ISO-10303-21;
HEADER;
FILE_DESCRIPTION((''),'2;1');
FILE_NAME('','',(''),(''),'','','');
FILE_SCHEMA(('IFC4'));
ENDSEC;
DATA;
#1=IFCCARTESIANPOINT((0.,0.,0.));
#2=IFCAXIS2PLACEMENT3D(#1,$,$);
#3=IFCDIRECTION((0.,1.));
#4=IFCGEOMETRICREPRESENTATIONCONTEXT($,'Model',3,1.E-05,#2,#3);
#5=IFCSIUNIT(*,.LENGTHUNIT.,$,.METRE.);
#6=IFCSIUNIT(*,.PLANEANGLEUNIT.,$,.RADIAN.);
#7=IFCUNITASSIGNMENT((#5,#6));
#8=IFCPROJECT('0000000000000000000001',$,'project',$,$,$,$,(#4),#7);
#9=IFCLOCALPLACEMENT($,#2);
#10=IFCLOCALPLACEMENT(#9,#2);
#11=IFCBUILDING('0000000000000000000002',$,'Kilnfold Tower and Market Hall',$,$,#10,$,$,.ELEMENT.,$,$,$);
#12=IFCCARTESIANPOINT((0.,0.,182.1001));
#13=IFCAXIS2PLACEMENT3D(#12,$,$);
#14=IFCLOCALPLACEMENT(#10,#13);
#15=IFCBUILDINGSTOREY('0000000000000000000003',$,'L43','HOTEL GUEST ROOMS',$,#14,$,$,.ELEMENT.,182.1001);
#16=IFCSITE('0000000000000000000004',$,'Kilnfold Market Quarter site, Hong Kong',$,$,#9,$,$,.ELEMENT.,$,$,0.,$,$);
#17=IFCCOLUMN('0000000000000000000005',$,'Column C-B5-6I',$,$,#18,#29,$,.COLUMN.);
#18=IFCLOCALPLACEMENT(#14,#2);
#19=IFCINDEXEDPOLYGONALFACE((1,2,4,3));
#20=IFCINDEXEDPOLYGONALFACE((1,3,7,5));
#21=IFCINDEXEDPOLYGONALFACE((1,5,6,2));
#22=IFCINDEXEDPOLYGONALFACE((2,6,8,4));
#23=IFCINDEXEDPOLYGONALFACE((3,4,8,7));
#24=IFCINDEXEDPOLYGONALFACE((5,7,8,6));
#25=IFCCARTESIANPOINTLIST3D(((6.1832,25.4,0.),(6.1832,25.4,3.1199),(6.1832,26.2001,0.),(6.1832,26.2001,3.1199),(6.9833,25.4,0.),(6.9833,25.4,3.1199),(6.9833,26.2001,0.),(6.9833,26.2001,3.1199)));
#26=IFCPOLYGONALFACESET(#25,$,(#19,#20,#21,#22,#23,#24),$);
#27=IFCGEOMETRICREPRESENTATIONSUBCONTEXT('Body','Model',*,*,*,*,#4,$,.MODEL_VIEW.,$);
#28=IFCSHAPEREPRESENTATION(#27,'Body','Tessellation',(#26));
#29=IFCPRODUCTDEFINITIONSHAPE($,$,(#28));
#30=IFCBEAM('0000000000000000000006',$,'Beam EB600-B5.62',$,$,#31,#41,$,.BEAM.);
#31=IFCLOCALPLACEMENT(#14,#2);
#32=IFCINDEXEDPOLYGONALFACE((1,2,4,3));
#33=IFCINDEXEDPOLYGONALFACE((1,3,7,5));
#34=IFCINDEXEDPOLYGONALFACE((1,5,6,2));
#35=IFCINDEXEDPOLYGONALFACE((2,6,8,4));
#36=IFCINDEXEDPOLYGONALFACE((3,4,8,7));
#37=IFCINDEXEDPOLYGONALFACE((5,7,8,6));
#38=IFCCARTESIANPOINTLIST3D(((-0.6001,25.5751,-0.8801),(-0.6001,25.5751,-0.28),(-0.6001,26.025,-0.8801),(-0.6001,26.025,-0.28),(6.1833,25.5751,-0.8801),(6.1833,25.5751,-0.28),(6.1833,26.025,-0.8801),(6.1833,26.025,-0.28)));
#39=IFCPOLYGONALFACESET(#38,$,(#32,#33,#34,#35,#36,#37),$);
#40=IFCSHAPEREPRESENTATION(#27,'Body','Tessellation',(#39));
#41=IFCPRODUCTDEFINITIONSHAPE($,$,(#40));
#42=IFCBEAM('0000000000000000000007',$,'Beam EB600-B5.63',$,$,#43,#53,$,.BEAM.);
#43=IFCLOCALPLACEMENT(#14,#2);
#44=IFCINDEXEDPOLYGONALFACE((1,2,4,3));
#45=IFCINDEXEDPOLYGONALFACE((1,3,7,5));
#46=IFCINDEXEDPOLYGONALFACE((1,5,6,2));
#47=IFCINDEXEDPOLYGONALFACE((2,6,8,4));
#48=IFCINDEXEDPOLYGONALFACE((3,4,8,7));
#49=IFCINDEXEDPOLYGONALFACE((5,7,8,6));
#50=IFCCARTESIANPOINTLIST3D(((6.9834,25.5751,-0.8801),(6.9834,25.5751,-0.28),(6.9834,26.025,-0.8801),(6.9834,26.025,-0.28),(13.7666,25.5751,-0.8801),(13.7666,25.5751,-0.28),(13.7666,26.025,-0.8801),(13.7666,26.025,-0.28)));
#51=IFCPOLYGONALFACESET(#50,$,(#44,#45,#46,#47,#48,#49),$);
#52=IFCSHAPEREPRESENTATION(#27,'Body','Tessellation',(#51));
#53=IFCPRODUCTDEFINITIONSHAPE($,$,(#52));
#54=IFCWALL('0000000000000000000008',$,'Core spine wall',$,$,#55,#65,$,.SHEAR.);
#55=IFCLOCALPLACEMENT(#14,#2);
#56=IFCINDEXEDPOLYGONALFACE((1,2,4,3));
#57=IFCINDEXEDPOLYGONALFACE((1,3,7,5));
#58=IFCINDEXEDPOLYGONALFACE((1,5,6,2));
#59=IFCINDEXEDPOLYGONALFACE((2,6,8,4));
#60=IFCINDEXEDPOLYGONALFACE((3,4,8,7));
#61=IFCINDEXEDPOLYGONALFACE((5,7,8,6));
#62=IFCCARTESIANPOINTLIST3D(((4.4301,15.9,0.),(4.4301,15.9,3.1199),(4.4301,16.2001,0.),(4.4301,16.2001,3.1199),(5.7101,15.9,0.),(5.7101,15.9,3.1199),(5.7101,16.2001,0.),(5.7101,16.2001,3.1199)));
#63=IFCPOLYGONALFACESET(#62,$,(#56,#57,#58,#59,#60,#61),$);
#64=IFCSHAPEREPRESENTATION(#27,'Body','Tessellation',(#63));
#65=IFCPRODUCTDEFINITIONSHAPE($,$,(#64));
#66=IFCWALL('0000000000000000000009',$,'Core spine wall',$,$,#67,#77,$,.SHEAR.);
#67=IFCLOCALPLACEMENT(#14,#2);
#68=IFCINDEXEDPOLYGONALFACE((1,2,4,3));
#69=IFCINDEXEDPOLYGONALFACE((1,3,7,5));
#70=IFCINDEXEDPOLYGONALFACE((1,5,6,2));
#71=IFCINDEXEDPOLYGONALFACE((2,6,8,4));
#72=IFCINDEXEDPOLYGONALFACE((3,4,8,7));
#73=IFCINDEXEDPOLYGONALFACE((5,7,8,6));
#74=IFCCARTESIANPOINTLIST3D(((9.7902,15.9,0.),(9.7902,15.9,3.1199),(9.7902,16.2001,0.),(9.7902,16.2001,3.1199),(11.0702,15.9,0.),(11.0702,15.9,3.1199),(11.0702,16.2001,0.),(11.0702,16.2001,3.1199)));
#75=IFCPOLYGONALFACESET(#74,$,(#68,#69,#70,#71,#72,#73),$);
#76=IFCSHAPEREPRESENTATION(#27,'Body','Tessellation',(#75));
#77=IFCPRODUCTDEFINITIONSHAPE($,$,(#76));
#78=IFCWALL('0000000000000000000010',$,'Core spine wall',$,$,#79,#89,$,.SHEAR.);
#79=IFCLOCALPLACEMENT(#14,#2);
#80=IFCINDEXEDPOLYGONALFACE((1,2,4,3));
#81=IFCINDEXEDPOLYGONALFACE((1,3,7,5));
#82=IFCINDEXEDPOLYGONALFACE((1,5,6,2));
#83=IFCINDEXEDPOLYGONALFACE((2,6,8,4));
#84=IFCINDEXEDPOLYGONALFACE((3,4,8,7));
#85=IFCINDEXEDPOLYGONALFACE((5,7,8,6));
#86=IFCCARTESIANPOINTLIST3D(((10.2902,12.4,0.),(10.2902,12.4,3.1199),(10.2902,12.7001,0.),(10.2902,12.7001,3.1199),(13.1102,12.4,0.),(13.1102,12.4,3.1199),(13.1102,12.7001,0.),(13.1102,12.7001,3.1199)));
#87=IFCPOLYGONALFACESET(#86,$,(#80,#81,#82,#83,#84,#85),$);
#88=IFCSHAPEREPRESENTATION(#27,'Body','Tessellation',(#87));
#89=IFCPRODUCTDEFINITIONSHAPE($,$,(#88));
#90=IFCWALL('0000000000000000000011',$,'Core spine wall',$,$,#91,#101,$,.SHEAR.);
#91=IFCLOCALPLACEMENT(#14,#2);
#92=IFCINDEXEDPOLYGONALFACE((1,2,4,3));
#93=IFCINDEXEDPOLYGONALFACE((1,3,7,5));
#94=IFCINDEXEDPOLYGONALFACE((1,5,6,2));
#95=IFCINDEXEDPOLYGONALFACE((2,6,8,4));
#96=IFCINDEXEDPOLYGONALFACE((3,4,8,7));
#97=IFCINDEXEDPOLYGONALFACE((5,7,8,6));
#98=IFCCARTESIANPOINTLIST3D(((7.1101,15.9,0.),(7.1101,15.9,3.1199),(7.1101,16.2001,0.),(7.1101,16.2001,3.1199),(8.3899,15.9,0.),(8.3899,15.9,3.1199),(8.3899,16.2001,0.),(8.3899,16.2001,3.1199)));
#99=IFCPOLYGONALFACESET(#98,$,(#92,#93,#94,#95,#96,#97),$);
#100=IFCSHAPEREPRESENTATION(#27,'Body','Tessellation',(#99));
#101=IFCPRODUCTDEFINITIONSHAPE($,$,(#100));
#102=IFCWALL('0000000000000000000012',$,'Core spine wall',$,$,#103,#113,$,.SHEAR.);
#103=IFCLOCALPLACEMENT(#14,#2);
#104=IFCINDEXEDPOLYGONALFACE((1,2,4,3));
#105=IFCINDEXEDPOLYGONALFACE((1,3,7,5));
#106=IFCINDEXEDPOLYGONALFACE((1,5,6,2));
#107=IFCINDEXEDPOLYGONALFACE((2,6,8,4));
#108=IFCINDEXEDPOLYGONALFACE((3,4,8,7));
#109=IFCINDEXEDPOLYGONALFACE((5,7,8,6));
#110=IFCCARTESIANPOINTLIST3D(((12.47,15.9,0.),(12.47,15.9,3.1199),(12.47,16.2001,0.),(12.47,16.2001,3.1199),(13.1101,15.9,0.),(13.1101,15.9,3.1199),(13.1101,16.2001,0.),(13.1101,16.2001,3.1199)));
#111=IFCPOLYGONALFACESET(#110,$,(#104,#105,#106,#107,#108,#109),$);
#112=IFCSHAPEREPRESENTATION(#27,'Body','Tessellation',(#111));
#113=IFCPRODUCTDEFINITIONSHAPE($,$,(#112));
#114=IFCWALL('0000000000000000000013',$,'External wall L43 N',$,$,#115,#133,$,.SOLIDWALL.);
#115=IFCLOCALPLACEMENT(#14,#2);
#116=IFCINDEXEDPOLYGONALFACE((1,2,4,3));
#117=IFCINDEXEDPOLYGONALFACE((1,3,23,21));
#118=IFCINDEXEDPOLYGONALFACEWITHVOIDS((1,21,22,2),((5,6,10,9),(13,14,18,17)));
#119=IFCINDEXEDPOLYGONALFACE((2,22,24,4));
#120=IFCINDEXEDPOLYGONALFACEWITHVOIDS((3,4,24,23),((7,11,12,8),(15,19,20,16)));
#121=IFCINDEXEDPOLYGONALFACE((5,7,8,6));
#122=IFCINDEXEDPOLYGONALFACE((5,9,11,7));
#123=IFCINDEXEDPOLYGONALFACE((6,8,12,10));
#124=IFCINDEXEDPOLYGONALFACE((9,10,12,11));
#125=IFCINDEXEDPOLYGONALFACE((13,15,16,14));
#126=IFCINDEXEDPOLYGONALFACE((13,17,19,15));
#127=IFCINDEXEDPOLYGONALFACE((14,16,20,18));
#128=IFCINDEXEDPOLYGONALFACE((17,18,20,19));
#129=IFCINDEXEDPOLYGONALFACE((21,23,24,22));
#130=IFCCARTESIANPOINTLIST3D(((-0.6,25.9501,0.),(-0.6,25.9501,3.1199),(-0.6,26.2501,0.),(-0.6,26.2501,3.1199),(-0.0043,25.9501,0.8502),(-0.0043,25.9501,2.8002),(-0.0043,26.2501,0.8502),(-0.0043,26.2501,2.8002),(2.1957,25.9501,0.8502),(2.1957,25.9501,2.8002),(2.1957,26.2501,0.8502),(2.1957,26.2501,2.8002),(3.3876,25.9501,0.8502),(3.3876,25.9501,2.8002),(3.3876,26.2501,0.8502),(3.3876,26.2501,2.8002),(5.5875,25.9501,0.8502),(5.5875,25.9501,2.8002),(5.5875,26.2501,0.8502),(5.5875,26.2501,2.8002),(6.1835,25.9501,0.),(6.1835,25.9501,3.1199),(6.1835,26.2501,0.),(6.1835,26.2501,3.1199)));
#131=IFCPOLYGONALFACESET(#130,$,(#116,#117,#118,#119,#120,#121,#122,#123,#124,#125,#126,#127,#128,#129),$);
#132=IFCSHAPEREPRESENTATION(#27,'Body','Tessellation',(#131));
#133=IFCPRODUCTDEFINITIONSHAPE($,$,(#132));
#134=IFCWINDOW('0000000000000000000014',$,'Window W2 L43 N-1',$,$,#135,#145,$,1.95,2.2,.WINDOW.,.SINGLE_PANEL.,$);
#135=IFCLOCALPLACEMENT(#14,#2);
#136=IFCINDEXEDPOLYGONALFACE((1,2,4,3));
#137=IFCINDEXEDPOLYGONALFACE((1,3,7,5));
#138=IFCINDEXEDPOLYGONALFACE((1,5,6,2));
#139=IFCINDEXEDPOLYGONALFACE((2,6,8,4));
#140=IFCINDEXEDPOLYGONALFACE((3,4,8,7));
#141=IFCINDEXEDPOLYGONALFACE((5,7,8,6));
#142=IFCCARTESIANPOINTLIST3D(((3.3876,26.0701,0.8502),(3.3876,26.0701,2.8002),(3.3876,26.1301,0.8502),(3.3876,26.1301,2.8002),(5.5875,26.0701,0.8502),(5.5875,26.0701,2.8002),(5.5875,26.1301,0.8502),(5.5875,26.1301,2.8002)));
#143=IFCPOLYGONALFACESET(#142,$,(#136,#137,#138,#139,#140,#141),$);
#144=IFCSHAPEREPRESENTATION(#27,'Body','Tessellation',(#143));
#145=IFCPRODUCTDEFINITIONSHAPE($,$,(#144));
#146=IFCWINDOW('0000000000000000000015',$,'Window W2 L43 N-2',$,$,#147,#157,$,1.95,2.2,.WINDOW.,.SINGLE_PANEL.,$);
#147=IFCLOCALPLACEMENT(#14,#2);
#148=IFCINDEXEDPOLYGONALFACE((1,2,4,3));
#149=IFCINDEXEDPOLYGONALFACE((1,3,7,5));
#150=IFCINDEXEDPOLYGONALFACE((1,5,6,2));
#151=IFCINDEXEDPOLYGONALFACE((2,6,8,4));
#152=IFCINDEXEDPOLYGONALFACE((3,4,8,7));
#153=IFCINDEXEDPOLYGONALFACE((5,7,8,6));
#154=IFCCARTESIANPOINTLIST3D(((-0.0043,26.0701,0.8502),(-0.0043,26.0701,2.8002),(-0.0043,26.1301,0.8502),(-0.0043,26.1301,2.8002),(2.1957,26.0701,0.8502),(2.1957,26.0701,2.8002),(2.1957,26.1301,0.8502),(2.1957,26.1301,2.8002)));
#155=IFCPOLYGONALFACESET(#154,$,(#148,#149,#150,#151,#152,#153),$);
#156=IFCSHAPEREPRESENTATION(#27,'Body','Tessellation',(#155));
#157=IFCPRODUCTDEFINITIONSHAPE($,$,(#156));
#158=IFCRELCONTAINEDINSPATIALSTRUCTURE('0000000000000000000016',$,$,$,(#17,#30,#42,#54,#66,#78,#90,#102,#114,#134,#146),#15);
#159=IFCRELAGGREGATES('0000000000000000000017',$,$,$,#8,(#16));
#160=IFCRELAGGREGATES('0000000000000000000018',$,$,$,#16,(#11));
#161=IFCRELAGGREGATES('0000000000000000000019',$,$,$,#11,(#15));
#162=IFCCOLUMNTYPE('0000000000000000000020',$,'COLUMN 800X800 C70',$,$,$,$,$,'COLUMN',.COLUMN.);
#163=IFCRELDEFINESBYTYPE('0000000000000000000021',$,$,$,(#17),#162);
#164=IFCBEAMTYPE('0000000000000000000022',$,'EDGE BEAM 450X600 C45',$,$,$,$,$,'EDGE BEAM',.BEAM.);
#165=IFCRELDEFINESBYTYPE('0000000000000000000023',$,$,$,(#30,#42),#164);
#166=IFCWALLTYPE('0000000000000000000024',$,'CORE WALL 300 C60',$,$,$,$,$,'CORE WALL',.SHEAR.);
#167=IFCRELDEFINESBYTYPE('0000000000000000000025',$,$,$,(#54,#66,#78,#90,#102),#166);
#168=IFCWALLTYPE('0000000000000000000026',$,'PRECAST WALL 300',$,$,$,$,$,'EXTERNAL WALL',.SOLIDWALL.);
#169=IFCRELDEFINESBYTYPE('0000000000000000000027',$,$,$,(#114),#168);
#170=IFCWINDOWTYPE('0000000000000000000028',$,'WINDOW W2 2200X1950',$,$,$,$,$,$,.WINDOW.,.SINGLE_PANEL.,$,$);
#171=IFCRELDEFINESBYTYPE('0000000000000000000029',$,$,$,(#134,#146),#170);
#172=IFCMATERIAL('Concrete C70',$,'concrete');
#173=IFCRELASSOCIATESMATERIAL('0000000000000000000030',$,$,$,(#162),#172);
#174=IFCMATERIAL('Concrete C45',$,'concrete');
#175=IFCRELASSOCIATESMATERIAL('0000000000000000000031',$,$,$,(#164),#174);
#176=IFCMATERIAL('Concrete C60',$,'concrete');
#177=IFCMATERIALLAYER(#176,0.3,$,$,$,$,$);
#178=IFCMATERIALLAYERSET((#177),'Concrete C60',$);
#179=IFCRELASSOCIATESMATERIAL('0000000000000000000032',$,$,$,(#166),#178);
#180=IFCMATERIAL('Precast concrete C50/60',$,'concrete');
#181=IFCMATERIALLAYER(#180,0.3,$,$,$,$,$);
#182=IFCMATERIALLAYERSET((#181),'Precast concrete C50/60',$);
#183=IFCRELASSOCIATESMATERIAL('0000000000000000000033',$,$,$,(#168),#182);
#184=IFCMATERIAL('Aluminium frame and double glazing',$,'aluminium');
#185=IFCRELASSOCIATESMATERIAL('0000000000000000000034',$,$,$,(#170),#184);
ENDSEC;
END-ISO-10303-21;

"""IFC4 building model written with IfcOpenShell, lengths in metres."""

from ifc_helpers import new_model, si_unit, direction, frame, frame_2d, origin, origin_2d, place, context, subcontext, project, spatial, rectangle, extrude, source, transform, mapped, material, layer, layer_set, material_profile, profile_set, type_object, element, fill, save


model = new_model("IFC4")

# Units and contexts
model_context = context("Model", 3, precision=1e-05, world=origin(), true_north=direction((0.0, 1.0)))
body_context = subcontext(model_context, "Body", "Model", "MODEL_VIEW")
ifc_project = project(units=[si_unit("LENGTHUNIT", "METRE"), si_unit("PLANEANGLEUNIT", "RADIAN")], contexts=[model_context])

# Site, building, storey
site_placement = place(None, origin())
site = spatial("IfcSite", under=ifc_project, at=site_placement, Name="Kilnfold Market Quarter site, Hong Kong", CompositionType="ELEMENT", RefElevation=0.0)
building_placement = place(site_placement, origin())
building = spatial("IfcBuilding", under=site, at=building_placement, Name="Kilnfold Tower and Market Hall", CompositionType="ELEMENT")
storey_placement = place(building_placement, frame((0.0, 0.0, 182.1001)))
storey = spatial("IfcBuildingStorey", under=building, at=storey_placement, Name="L43", Description="HOTEL GUEST ROOMS", CompositionType="ELEMENT", Elevation=182.1001)

# Column
ifc_material_1 = material(Name="Concrete C70", Category="concrete")
ifc_material_profile_1 = material_profile(ifc_material_1, rectangle(XDim=0.8, YDim=0.8, at=origin_2d()), Name="RC 800x800")
ifc_profile_set_1 = profile_set([ifc_material_profile_1], Name="Concrete C70")
column_type = type_object("IfcColumnType", Name="COLUMN 800X800 C70", ElementType="COLUMN", PredefinedType="COLUMN", material=ifc_profile_set_1)
shared_shape_1 = source(origin(), body_context, "Body", "SweptSolid", [
    extrude(rectangle(XDim=0.8, YDim=0.8, at=origin_2d()), origin(), (0.0, 0.0, 1.0), 3.1199),
])
column_placement = place(storey_placement, frame((6.5833, 25.8, 0.0), z_axis=(0.0, 0.0, 1.0), x_axis=(1.0, 0.0, 0.0)))
element("IfcColumn", 1, at=column_placement, inside=storey, type_object=column_type, Name="Column C-B5-6I", PredefinedType="COLUMN", context=body_context, shape_type="MappedRepresentation", body=[
    mapped(shared_shape_1, transform((0.0, 0.0, 0.0))),
])

# Beams
ifc_material_2 = material(Name="Concrete C45", Category="concrete")
ifc_material_profile_2 = material_profile(ifc_material_2, rectangle(XDim=0.45, YDim=0.6001, at=origin_2d()), Name="RC 450x600")
ifc_profile_set_2 = profile_set([ifc_material_profile_2], Name="Concrete C45")
beam_type = type_object("IfcBeamType", Name="EDGE BEAM 450X600 C45", ElementType="EDGE BEAM", PredefinedType="BEAM", material=ifc_profile_set_2)
shared_shape_2 = source(origin(), body_context, "Body", "SweptSolid", [
    extrude(rectangle(XDim=0.45, YDim=0.6001, at=origin_2d()), origin(), (0.0, 0.0, 1.0), 6.7834),
])
beam_1_placement = place(storey_placement, frame((-0.6001, 25.8, -0.5801), z_axis=(1.0, 0.0, 0.0), x_axis=(0.0, 1.0, 0.0)))
element("IfcBeam", 2, at=beam_1_placement, inside=storey, type_object=beam_type, Name="Beam EB600-B5.62", PredefinedType="BEAM", context=body_context, shape_type="MappedRepresentation", body=[
    mapped(shared_shape_2, transform((0.0, 0.0, 0.0))),
])
shared_shape_3 = source(origin(), body_context, "Body", "SweptSolid", [
    extrude(rectangle(XDim=0.45, YDim=0.6001, at=origin_2d()), origin(), (0.0, 0.0, 1.0), 6.7832),
])
beam_2_placement = place(storey_placement, frame((6.9834, 25.8, -0.5801), z_axis=(1.0, 0.0, 0.0), x_axis=(0.0, 1.0, 0.0)))
element("IfcBeam", 3, at=beam_2_placement, inside=storey, type_object=beam_type, Name="Beam EB600-B5.63", PredefinedType="BEAM", context=body_context, shape_type="MappedRepresentation", body=[
    mapped(shared_shape_3, transform((0.0, 0.0, 0.0))),
])

# Walls
ifc_material_3 = material(Name="Concrete C60", Category="concrete")
ifc_layer_1 = layer(ifc_material_3, 0.3)
ifc_layer_set_1 = layer_set([ifc_layer_1], Name="Concrete C60")
wall_type_1 = type_object("IfcWallType", Name="CORE WALL 300 C60", ElementType="CORE WALL", PredefinedType="SHEAR", material=ifc_layer_set_1)
shared_shape_4 = source(origin(), body_context, "Body", "SweptSolid", [
    extrude(rectangle(XDim=1.28, YDim=0.3, at=frame_2d((0.6401, 0.0))), origin(), (0.0, 0.0, 1.0), 3.1199),
])
for number, where, z_axis, x_axis, name in (
    (4, (4.4299, 16.05, 0.0), (0.0, 0.0, 1.0), (1.0, 0.0, 0.0), "Core spine wall"),
    (5, (9.79, 16.05, 0.0), (0.0, 0.0, 1.0), (1.0, 0.0, 0.0), "Core spine wall"),
):
    element("IfcWall", number, at=place(storey_placement, frame(where, z_axis=z_axis, x_axis=x_axis)), inside=storey, type_object=wall_type_1, Name=name, PredefinedType="SHEAR", context=body_context, shape_type="MappedRepresentation", body=[
        mapped(shared_shape_4, transform((0.0, 0.0, 0.0))),
    ])
shared_shape_5 = source(origin(), body_context, "Body", "SweptSolid", [
    extrude(rectangle(XDim=2.8201, YDim=0.3, at=frame_2d((1.4102, 0.0))), origin(), (0.0, 0.0, 1.0), 3.1199),
])
wall_1_placement = place(storey_placement, frame((10.29, 12.55, 0.0), z_axis=(0.0, 0.0, 1.0), x_axis=(1.0, 0.0, 0.0)))
element("IfcWall", 6, at=wall_1_placement, inside=storey, type_object=wall_type_1, Name="Core spine wall", PredefinedType="SHEAR", context=body_context, shape_type="MappedRepresentation", body=[
    mapped(shared_shape_5, transform((0.0, 0.0, 0.0))),
])
shared_shape_6 = source(origin(), body_context, "Body", "SweptSolid", [
    extrude(rectangle(XDim=1.2798, YDim=0.3, at=frame_2d((0.6399, 0.0))), origin(), (0.0, 0.0, 1.0), 3.1199),
])
wall_2_placement = place(storey_placement, frame((7.1101, 16.05, 0.0), z_axis=(0.0, 0.0, 1.0), x_axis=(1.0, 0.0, 0.0)))
element("IfcWall", 7, at=wall_2_placement, inside=storey, type_object=wall_type_1, Name="Core spine wall", PredefinedType="SHEAR", context=body_context, shape_type="MappedRepresentation", body=[
    mapped(shared_shape_6, transform((0.0, 0.0, 0.0))),
])
shared_shape_7 = source(origin(), body_context, "Body", "SweptSolid", [
    extrude(rectangle(XDim=0.6401, YDim=0.3, at=frame_2d((0.3201, 0.0))), origin(), (0.0, 0.0, 1.0), 3.1199),
])
wall_3_placement = place(storey_placement, frame((12.47, 16.05, 0.0), z_axis=(0.0, 0.0, 1.0), x_axis=(1.0, 0.0, 0.0)))
element("IfcWall", 8, at=wall_3_placement, inside=storey, type_object=wall_type_1, Name="Core spine wall", PredefinedType="SHEAR", context=body_context, shape_type="MappedRepresentation", body=[
    mapped(shared_shape_7, transform((0.0, 0.0, 0.0))),
])

# Wall, openings, windows
ifc_material_4 = material(Name="Precast concrete C50/60", Category="concrete")
ifc_layer_2 = layer(ifc_material_4, 0.3)
ifc_layer_set_2 = layer_set([ifc_layer_2], Name="Precast concrete C50/60")
wall_type_2 = type_object("IfcWallType", Name="PRECAST WALL 300", ElementType="EXTERNAL WALL", PredefinedType="SOLIDWALL", material=ifc_layer_set_2)
shared_shape_8 = source(origin(), body_context, "Body", "SweptSolid", [
    extrude(rectangle(XDim=6.7834, YDim=0.3, at=frame_2d((3.3916, 0.0))), origin(), (0.0, 0.0, 1.0), 3.1199),
])
wall_4_placement = place(storey_placement, frame((6.1833, 26.1001, 0.0), z_axis=(0.0, 0.0, 1.0), x_axis=(-1.0, 0.0, 0.0)))
wall_4 = element("IfcWall", 9, at=wall_4_placement, inside=storey, type_object=wall_type_2, Name="External wall L43 N", PredefinedType="SOLIDWALL", context=body_context, shape_type="MappedRepresentation", body=[
    mapped(shared_shape_8, transform((0.0, 0.0, 0.0))),
])
opening_1_placement = place(wall_4_placement, frame((0.5957, 0.0, 0.8501)))
opening_1 = element("IfcOpeningElement", 10, at=opening_1_placement, cuts=wall_4, PredefinedType="OPENING", context=body_context, shape_type="SweptSolid", body=[
    extrude(rectangle(XDim=2.2, YDim=1.95, at=frame_2d((1.1001, 0.9751))), frame((0.0, 0.1602, 0.0), z_axis=(0.0, -1.0, 0.0), x_axis=(1.0, 0.0, 0.0)), (0.0, 0.0, 1.0), 0.3201),
])
opening_2_placement = place(wall_4_placement, frame((3.9875, 0.0, 0.8501)))
opening_2 = element("IfcOpeningElement", 11, at=opening_2_placement, cuts=wall_4, PredefinedType="OPENING", context=body_context, shape_type="SweptSolid", body=[
    extrude(rectangle(XDim=2.2, YDim=1.95, at=frame_2d((1.1001, 0.9751))), frame((0.0, 0.1602, 0.0), z_axis=(0.0, -1.0, 0.0), x_axis=(1.0, 0.0, 0.0)), (0.0, 0.0, 1.0), 0.3201),
])
ifc_material_5 = material(Name="Aluminium frame and double glazing", Category="aluminium")
window_type = type_object("IfcWindowType", Name="WINDOW W2 2200X1950", PartitioningType="SINGLE_PANEL", PredefinedType="WINDOW", material=ifc_material_5)
window_1_placement = place(opening_1_placement, origin())
window_1 = element("IfcWindow", 12, at=window_1_placement, inside=storey, type_object=window_type, Name="Window W2 L43 N-1", OverallHeight=1.95, OverallWidth=2.2, PartitioningType="SINGLE_PANEL", PredefinedType="WINDOW", context=body_context, shape_type="SweptSolid", body=[
    extrude(rectangle(XDim=2.2, YDim=1.95, at=frame_2d((1.1001, 0.9751))), frame((0.0, 0.03, 0.0), z_axis=(0.0, -1.0, 0.0), x_axis=(1.0, 0.0, 0.0)), (0.0, 0.0, 1.0), 0.0601),
])
fill(opening_1, window_1)
window_2_placement = place(opening_2_placement, origin())
window_2 = element("IfcWindow", 13, at=window_2_placement, inside=storey, type_object=window_type, Name="Window W2 L43 N-2", OverallHeight=1.95, OverallWidth=2.2, PartitioningType="SINGLE_PANEL", PredefinedType="WINDOW", context=body_context, shape_type="SweptSolid", body=[
    extrude(rectangle(XDim=2.2, YDim=1.95, at=frame_2d((1.1001, 0.9751))), frame((0.0, 0.03, 0.0), z_axis=(0.0, -1.0, 0.0), x_axis=(1.0, 0.0, 0.0)), (0.0, 0.0, 1.0), 0.0601),
])
fill(opening_2, window_2)

save(model, "model.ifc")
